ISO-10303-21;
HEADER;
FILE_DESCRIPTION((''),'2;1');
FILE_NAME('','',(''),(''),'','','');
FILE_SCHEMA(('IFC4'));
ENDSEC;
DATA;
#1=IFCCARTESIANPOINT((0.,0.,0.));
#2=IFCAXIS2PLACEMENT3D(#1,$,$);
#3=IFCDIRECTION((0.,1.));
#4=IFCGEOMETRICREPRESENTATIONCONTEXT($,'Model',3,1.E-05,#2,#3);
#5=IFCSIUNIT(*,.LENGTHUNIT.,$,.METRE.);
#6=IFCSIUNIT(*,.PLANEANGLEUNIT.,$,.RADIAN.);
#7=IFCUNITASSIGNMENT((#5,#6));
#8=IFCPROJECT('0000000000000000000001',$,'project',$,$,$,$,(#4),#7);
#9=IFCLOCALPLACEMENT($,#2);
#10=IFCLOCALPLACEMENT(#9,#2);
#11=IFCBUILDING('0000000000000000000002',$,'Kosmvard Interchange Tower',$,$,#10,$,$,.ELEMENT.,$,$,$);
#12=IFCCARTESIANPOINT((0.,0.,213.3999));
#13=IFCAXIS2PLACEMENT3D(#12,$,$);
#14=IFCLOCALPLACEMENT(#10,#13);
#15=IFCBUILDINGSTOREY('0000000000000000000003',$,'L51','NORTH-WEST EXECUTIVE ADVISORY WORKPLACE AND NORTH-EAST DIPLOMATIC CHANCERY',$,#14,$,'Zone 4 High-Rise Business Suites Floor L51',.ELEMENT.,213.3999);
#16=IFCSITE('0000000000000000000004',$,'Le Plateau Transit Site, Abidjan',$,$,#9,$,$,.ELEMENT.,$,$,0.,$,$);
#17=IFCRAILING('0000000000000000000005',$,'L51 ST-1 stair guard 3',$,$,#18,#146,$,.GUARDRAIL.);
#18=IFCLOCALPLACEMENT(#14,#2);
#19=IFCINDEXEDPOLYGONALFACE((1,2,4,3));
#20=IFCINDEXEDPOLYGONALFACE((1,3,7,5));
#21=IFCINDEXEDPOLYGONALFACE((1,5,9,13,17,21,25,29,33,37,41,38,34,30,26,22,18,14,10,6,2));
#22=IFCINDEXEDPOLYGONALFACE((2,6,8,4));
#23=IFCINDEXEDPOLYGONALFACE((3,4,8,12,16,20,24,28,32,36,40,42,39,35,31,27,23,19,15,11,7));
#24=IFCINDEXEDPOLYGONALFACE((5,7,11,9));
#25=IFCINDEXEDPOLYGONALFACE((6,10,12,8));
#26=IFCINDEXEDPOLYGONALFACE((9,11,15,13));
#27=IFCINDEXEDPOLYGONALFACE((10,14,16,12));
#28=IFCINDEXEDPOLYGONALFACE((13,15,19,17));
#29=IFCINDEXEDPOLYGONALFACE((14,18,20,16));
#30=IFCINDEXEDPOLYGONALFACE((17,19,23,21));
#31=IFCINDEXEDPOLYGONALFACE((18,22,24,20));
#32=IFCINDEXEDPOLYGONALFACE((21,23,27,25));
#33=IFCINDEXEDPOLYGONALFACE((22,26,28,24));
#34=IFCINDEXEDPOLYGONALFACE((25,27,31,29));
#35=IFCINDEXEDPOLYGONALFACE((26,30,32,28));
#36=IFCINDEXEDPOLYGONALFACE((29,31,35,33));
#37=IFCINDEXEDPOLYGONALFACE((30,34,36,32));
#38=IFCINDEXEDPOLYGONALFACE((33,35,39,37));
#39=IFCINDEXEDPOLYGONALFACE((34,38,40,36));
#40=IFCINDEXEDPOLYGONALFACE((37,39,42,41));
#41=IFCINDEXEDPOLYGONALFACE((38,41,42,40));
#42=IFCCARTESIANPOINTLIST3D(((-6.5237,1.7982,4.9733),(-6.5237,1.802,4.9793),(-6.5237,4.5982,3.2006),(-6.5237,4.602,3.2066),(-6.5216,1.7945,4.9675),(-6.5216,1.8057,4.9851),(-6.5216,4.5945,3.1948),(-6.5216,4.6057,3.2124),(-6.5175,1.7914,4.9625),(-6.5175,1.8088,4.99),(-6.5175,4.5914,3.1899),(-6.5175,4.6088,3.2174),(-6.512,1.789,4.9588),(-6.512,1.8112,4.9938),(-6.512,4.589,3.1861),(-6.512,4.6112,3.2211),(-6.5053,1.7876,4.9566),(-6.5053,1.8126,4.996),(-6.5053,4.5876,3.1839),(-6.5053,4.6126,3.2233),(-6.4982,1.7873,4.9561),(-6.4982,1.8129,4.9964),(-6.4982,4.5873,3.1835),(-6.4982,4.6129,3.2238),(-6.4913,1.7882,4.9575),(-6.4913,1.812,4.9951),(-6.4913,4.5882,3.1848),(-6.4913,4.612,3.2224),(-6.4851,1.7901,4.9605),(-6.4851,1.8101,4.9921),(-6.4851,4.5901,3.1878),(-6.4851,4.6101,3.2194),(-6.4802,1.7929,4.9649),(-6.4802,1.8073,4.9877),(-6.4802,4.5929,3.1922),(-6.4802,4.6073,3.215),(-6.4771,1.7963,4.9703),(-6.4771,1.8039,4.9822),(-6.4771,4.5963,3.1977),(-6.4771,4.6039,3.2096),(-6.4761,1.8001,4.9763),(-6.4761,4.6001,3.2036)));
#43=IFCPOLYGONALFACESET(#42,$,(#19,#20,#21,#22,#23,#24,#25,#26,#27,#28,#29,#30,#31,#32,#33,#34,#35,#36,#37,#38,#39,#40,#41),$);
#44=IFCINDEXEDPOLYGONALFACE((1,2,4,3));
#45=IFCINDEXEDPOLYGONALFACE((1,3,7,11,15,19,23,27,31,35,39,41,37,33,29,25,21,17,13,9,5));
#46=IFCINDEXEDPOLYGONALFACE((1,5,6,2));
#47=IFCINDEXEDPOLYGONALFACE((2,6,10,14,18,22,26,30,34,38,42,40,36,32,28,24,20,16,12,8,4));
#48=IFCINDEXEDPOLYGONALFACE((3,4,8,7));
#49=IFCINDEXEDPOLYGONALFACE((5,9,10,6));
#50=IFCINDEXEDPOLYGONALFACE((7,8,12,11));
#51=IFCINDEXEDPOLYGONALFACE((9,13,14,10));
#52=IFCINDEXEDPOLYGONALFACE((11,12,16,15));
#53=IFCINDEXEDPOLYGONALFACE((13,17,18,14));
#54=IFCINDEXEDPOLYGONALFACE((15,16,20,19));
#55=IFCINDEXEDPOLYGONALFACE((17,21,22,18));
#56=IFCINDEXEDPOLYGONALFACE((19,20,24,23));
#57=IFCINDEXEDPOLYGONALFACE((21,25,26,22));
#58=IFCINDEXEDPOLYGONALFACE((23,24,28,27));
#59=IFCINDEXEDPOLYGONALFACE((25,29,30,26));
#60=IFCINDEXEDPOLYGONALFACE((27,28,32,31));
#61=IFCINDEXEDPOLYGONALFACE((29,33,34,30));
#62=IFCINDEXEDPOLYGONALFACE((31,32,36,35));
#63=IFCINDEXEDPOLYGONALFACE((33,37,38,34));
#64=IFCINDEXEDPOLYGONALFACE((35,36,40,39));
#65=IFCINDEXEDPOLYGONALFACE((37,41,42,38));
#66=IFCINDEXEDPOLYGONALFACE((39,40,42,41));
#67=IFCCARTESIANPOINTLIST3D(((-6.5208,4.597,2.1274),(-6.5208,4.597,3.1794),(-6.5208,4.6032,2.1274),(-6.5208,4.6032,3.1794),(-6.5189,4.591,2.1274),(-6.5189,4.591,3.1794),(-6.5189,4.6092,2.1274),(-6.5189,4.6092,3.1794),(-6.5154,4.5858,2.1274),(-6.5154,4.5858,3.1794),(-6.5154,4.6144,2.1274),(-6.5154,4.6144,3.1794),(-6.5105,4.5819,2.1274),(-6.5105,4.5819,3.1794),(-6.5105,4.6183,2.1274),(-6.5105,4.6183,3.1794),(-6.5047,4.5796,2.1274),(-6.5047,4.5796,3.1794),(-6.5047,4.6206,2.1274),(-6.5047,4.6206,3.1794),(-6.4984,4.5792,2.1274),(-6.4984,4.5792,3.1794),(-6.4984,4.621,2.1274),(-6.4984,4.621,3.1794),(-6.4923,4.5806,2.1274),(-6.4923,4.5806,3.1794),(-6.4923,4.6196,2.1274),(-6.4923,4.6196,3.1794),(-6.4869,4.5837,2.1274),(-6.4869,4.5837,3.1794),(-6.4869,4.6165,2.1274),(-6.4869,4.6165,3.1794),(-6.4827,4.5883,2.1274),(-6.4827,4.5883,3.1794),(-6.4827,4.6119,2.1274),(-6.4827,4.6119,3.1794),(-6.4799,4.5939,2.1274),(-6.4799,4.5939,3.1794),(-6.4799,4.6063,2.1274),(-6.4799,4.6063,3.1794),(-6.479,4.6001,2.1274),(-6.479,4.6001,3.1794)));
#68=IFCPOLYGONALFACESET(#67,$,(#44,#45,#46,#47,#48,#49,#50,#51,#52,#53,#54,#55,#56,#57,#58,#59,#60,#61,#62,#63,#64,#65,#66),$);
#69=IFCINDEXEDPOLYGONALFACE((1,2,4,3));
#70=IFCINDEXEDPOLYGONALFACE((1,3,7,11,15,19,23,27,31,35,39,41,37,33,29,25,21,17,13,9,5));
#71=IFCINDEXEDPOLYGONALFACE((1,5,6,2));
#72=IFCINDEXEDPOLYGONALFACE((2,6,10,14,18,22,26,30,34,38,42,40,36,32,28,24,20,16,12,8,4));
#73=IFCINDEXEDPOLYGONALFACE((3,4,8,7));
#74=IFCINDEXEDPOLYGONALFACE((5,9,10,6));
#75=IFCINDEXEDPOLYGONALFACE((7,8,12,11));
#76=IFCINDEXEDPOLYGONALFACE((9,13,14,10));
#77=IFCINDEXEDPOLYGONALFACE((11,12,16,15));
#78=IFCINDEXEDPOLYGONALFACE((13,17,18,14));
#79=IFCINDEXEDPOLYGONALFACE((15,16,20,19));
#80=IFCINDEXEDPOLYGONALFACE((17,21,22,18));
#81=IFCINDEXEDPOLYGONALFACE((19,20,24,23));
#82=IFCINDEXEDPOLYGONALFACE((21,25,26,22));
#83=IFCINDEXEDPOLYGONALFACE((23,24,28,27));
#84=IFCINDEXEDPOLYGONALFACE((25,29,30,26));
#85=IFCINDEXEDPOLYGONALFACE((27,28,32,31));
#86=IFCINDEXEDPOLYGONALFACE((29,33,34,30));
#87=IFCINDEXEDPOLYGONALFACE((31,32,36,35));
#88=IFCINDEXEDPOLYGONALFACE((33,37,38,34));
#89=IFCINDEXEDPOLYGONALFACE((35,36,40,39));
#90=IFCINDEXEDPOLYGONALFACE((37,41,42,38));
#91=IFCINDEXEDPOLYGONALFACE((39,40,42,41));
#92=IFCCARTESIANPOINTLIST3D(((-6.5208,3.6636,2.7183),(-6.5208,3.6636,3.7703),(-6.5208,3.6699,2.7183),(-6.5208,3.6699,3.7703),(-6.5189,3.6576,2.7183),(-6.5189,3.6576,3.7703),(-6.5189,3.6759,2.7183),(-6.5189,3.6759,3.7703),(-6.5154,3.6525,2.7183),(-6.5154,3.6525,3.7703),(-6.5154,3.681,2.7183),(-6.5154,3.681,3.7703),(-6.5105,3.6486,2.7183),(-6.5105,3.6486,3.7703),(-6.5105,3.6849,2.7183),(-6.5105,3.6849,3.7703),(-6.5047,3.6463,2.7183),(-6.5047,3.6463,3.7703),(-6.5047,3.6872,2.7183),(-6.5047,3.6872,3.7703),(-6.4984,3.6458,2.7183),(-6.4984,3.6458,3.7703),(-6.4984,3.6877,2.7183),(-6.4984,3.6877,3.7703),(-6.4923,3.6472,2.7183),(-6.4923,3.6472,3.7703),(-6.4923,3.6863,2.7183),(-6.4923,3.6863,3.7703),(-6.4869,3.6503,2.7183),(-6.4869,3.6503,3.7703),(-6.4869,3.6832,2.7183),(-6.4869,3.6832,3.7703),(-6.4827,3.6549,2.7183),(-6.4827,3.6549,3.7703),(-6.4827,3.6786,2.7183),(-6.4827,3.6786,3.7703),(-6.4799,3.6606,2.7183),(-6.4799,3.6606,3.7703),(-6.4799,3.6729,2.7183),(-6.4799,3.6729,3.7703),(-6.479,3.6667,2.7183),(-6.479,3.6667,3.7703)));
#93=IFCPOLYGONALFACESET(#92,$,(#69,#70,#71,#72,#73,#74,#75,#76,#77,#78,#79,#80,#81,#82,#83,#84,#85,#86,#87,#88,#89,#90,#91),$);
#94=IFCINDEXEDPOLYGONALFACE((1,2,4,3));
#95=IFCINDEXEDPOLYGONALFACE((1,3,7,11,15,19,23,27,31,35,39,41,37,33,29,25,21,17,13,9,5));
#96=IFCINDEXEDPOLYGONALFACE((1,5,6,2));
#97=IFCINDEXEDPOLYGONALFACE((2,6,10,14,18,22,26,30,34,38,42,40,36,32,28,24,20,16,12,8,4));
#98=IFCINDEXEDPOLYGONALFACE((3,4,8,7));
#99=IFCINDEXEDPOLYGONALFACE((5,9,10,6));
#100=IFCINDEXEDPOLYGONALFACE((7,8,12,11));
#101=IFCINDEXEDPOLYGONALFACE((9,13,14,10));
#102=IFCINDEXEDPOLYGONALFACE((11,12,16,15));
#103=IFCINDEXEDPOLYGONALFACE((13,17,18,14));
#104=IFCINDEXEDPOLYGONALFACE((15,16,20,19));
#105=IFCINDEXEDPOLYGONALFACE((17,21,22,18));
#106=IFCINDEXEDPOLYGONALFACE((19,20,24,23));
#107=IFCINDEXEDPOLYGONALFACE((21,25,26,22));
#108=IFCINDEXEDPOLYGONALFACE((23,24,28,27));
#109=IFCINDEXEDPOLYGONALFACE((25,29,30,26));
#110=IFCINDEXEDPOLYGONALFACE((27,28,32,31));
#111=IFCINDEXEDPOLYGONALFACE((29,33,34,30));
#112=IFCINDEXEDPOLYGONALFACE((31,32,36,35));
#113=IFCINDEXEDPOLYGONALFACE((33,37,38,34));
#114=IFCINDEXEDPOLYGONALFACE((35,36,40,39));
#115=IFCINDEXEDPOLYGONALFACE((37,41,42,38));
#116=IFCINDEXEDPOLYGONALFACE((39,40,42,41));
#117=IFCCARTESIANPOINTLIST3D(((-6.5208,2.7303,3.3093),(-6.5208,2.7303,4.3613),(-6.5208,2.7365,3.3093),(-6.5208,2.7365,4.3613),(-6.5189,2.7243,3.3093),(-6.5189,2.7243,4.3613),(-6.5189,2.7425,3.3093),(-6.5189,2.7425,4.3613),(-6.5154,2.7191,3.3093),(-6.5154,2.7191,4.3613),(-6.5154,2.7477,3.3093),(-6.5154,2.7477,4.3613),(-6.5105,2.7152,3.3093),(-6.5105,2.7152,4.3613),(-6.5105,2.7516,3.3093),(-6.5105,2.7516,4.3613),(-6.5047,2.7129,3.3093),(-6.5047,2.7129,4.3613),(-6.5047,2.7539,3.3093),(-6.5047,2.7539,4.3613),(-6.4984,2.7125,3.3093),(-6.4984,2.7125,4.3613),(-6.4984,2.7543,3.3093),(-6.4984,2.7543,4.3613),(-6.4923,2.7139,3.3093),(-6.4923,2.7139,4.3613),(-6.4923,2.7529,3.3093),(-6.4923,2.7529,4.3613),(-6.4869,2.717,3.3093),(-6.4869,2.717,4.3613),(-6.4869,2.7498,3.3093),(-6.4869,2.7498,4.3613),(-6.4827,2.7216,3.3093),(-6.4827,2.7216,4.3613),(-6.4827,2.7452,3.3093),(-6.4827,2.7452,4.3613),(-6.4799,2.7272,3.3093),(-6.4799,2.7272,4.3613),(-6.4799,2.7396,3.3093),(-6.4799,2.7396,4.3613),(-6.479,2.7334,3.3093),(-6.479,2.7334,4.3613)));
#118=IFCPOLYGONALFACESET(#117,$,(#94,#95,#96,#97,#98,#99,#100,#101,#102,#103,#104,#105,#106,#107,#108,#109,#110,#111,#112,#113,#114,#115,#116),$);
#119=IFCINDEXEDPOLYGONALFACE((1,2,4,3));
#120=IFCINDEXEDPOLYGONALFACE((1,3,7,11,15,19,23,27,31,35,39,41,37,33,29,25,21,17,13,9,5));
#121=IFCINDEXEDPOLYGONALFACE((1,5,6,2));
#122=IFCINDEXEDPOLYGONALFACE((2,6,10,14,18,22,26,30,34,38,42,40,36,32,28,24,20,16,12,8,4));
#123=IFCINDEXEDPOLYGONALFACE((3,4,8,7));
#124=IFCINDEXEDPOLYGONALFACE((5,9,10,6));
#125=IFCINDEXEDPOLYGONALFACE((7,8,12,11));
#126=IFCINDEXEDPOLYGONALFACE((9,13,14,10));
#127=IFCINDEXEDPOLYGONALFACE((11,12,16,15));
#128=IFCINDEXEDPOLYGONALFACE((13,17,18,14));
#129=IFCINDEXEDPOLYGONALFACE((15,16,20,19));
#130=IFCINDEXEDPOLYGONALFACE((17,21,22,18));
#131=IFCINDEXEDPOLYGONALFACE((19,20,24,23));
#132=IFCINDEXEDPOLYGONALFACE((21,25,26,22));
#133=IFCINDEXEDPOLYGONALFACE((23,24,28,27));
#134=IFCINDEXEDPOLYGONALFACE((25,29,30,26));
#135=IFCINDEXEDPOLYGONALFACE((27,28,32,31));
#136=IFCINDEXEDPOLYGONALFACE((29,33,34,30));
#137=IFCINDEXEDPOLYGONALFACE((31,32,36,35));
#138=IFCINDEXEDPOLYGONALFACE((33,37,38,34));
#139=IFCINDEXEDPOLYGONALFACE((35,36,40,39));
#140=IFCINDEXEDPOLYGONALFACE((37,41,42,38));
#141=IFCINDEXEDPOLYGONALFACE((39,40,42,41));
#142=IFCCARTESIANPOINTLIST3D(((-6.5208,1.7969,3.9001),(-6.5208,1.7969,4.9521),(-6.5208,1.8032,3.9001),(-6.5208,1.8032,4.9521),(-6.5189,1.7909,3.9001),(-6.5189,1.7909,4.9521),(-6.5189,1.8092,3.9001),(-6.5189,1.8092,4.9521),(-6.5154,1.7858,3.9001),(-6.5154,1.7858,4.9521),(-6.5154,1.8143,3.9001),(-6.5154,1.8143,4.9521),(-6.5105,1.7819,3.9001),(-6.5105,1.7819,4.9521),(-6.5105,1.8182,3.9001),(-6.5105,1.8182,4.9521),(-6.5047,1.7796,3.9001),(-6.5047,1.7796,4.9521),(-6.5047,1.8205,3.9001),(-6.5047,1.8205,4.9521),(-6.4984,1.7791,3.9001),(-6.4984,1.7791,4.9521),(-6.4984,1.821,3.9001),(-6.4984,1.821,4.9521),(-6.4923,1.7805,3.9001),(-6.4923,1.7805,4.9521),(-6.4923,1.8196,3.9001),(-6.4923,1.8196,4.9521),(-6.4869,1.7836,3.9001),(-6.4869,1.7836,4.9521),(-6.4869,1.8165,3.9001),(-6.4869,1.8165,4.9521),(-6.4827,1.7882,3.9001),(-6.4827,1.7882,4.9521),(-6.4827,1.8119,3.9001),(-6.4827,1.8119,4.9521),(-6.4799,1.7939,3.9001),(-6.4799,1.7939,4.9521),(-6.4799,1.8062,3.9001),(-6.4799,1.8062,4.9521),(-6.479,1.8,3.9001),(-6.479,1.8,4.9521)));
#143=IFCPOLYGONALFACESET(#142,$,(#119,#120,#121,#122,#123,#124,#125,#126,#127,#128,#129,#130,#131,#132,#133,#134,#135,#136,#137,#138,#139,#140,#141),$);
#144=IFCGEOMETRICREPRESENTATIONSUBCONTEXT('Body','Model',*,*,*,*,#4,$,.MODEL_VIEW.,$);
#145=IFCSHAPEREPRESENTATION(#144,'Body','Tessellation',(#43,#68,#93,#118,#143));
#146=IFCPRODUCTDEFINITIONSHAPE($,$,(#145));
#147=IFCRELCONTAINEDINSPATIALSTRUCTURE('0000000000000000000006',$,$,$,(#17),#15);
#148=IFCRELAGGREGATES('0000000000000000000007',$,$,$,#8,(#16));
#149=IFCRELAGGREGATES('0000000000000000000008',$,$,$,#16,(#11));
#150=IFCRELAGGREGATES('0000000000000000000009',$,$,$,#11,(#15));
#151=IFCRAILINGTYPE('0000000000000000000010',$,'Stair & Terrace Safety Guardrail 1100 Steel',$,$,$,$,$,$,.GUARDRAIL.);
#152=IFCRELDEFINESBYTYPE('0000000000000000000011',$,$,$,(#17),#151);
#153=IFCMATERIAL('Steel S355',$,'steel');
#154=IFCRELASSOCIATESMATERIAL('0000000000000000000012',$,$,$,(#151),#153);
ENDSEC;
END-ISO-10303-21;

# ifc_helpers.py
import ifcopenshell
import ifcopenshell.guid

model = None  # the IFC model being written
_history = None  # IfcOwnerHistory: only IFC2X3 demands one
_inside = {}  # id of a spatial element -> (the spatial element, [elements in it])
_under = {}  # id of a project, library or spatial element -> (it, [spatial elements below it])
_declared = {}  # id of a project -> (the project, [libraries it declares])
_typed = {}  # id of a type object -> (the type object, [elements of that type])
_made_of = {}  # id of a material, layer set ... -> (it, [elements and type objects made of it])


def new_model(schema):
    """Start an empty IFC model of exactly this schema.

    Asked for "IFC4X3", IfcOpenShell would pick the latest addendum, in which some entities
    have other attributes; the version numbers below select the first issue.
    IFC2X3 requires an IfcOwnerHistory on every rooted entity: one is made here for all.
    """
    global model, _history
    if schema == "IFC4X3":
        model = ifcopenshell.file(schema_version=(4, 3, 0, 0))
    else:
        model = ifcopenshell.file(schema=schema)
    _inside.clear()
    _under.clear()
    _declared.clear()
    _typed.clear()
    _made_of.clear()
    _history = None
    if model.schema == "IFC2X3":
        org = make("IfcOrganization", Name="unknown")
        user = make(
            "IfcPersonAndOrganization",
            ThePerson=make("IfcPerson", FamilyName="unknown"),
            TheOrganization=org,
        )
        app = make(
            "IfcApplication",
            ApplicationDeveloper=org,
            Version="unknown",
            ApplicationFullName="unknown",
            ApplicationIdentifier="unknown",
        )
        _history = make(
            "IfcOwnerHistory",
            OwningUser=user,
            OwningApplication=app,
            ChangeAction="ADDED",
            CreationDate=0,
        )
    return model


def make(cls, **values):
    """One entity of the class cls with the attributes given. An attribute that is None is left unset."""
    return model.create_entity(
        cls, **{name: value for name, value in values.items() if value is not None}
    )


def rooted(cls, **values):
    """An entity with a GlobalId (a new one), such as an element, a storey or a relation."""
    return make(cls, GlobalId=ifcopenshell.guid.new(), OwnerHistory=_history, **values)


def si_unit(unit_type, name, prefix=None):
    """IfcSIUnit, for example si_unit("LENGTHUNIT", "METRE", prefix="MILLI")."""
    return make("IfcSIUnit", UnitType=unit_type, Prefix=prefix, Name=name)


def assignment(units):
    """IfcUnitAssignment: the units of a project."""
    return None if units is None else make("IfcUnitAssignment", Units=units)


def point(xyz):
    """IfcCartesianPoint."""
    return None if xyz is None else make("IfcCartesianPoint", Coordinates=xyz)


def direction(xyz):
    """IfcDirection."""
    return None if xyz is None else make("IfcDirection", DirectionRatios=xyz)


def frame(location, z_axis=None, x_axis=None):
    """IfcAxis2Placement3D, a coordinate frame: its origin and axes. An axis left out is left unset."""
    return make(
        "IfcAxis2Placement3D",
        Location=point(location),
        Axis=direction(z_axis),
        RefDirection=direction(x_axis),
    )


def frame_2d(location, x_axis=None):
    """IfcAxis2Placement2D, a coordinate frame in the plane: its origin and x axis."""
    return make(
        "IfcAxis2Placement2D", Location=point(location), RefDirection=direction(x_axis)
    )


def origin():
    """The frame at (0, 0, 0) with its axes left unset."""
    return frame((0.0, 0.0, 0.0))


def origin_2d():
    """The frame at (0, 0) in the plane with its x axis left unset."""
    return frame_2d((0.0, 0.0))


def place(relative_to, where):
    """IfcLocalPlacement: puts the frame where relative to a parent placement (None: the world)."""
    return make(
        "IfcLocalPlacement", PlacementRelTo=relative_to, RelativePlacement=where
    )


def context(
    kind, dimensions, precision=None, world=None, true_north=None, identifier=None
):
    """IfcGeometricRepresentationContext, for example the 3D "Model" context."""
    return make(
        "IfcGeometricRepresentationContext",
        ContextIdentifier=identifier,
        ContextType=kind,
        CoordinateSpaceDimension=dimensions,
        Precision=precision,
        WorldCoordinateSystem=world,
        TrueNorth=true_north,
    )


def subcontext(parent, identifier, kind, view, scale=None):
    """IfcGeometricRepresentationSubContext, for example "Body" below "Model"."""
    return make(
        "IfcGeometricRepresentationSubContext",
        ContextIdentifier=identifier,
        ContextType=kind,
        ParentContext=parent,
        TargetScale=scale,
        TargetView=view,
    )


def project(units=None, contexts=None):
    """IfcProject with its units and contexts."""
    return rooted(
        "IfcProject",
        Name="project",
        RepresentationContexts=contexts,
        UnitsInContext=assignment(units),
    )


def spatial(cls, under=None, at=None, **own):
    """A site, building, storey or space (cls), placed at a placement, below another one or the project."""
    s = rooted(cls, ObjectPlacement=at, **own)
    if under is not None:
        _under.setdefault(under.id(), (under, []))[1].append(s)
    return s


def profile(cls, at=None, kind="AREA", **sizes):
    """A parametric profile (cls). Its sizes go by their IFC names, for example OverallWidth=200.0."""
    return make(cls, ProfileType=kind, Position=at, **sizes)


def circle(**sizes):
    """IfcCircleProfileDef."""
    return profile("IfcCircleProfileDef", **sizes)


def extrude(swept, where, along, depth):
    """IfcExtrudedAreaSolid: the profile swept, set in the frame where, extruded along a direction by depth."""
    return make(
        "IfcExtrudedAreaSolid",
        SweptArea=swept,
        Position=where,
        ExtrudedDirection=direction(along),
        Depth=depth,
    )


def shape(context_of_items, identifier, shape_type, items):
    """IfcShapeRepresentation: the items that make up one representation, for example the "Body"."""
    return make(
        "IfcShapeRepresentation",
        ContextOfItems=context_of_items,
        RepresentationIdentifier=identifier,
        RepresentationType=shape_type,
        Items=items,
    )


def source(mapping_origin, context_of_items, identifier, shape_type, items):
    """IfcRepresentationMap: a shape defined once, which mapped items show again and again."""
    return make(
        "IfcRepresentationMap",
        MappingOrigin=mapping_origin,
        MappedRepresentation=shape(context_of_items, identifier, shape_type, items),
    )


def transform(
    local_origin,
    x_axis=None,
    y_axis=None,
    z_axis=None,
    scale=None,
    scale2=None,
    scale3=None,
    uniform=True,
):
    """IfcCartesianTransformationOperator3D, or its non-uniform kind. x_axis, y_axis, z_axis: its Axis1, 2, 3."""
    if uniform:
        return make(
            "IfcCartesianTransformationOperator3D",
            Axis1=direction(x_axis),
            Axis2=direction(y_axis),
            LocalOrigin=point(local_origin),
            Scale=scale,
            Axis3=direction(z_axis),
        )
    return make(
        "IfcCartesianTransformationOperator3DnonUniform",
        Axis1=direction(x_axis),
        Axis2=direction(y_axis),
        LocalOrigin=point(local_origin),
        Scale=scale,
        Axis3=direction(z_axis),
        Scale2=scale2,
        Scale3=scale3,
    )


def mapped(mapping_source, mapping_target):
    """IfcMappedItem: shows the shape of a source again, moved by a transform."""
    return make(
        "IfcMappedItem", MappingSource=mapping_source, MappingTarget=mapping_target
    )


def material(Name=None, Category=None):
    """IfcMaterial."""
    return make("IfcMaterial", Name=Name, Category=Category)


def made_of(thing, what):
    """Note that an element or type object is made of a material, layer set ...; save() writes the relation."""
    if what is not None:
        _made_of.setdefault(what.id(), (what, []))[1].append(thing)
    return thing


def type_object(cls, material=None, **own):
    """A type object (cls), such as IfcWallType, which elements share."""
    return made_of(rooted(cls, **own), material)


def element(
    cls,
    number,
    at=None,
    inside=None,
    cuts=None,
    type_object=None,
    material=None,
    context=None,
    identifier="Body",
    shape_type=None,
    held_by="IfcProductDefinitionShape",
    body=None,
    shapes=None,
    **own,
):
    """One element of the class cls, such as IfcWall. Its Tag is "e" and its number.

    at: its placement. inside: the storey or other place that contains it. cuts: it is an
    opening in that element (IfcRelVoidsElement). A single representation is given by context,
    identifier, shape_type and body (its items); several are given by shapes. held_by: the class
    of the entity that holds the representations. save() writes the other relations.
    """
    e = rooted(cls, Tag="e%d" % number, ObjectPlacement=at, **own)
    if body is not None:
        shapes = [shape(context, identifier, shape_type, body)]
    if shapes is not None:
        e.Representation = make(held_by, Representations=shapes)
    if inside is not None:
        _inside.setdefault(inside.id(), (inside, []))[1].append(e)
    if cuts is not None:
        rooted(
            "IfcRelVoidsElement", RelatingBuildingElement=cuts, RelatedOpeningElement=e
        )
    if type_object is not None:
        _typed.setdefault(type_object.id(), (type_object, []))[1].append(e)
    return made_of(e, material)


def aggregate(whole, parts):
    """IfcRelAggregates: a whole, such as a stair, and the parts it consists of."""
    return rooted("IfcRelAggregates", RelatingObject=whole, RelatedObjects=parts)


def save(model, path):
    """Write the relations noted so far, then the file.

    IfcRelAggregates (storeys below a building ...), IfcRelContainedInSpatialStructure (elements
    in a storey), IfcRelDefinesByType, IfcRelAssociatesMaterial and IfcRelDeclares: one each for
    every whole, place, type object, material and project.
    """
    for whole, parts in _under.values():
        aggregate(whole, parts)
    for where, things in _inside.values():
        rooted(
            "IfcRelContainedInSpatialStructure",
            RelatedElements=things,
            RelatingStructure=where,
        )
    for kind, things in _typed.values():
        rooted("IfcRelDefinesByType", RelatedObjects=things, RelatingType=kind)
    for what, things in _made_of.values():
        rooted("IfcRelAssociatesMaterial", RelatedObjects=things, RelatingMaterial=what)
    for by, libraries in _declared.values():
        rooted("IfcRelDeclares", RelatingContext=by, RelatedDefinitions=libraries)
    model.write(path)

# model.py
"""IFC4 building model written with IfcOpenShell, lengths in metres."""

from ifc_helpers import new_model, si_unit, direction, frame, origin, origin_2d, place, context, subcontext, project, spatial, circle, extrude, source, transform, mapped, material, type_object, element, save


model = new_model("IFC4")

# Units and contexts
model_context = context("Model", 3, precision=1e-05, world=origin(), true_north=direction((0.0, 1.0)))
body_context = subcontext(model_context, "Body", "Model", "MODEL_VIEW")
ifc_project = project(units=[si_unit("LENGTHUNIT", "METRE"), si_unit("PLANEANGLEUNIT", "RADIAN")], contexts=[model_context])

# Site, building, storey
site_placement = place(None, origin())
site = spatial("IfcSite", under=ifc_project, at=site_placement, Name="Le Plateau Transit Site, Abidjan", CompositionType="ELEMENT", RefElevation=0.0)
building_placement = place(site_placement, origin())
building = spatial("IfcBuilding", under=site, at=building_placement, Name="Kosmvard Interchange Tower", CompositionType="ELEMENT")
storey_placement = place(building_placement, frame((0.0, 0.0, 213.3999)))
storey = spatial("IfcBuildingStorey", under=building, at=storey_placement, Name="L51", Description="NORTH-WEST EXECUTIVE ADVISORY WORKPLACE AND NORTH-EAST DIPLOMATIC CHANCERY", LongName="Zone 4 High-Rise Business Suites Floor L51", CompositionType="ELEMENT", Elevation=213.3999)

# Shared definitions
ifc_material_1 = material(Name="Steel S355", Category="steel")

# Railing
railing_type_1 = type_object("IfcRailingType", Name="Stair & Terrace Safety Guardrail 1100 Steel", PredefinedType="GUARDRAIL", material=ifc_material_1)
shared_shape_1 = source(origin(), body_context, "Body", "SweptSolid", [
    extrude(circle(Radius=0.0239, at=origin_2d()), frame((0.0, 0.0, 1.0762), z_axis=(0.0, -0.844909, 0.53491), x_axis=(1.0, 0.0, 0.0)), (0.0, 0.0, 1.0), 3.314),
    extrude(circle(Radius=0.021, at=origin_2d()), origin(), (0.0, 0.0, 1.0), 1.052),
    extrude(circle(Radius=0.021, at=origin_2d()), frame((0.0, -0.9333, 0.5908)), (0.0, 0.0, 1.0), 1.052),
    extrude(circle(Radius=0.021, at=origin_2d()), frame((0.0, -1.8667, 1.1819)), (0.0, 0.0, 1.0), 1.052),
    extrude(circle(Radius=0.021, at=origin_2d()), frame((0.0, -2.8, 1.7727)), (0.0, 0.0, 1.0), 1.052),
])
railing_1_placement = place(storey_placement, frame((-6.5, 4.6001, 2.1274)))
element("IfcRailing", 1, at=railing_1_placement, inside=storey, type_object=railing_type_1, Name="L51 ST-1 stair guard 3", PredefinedType="GUARDRAIL", context=body_context, shape_type="MappedRepresentation", body=[
    mapped(shared_shape_1, transform((0.0, 0.0, 0.0), scale=1.0)),
])

save(model, "model.ifc")
